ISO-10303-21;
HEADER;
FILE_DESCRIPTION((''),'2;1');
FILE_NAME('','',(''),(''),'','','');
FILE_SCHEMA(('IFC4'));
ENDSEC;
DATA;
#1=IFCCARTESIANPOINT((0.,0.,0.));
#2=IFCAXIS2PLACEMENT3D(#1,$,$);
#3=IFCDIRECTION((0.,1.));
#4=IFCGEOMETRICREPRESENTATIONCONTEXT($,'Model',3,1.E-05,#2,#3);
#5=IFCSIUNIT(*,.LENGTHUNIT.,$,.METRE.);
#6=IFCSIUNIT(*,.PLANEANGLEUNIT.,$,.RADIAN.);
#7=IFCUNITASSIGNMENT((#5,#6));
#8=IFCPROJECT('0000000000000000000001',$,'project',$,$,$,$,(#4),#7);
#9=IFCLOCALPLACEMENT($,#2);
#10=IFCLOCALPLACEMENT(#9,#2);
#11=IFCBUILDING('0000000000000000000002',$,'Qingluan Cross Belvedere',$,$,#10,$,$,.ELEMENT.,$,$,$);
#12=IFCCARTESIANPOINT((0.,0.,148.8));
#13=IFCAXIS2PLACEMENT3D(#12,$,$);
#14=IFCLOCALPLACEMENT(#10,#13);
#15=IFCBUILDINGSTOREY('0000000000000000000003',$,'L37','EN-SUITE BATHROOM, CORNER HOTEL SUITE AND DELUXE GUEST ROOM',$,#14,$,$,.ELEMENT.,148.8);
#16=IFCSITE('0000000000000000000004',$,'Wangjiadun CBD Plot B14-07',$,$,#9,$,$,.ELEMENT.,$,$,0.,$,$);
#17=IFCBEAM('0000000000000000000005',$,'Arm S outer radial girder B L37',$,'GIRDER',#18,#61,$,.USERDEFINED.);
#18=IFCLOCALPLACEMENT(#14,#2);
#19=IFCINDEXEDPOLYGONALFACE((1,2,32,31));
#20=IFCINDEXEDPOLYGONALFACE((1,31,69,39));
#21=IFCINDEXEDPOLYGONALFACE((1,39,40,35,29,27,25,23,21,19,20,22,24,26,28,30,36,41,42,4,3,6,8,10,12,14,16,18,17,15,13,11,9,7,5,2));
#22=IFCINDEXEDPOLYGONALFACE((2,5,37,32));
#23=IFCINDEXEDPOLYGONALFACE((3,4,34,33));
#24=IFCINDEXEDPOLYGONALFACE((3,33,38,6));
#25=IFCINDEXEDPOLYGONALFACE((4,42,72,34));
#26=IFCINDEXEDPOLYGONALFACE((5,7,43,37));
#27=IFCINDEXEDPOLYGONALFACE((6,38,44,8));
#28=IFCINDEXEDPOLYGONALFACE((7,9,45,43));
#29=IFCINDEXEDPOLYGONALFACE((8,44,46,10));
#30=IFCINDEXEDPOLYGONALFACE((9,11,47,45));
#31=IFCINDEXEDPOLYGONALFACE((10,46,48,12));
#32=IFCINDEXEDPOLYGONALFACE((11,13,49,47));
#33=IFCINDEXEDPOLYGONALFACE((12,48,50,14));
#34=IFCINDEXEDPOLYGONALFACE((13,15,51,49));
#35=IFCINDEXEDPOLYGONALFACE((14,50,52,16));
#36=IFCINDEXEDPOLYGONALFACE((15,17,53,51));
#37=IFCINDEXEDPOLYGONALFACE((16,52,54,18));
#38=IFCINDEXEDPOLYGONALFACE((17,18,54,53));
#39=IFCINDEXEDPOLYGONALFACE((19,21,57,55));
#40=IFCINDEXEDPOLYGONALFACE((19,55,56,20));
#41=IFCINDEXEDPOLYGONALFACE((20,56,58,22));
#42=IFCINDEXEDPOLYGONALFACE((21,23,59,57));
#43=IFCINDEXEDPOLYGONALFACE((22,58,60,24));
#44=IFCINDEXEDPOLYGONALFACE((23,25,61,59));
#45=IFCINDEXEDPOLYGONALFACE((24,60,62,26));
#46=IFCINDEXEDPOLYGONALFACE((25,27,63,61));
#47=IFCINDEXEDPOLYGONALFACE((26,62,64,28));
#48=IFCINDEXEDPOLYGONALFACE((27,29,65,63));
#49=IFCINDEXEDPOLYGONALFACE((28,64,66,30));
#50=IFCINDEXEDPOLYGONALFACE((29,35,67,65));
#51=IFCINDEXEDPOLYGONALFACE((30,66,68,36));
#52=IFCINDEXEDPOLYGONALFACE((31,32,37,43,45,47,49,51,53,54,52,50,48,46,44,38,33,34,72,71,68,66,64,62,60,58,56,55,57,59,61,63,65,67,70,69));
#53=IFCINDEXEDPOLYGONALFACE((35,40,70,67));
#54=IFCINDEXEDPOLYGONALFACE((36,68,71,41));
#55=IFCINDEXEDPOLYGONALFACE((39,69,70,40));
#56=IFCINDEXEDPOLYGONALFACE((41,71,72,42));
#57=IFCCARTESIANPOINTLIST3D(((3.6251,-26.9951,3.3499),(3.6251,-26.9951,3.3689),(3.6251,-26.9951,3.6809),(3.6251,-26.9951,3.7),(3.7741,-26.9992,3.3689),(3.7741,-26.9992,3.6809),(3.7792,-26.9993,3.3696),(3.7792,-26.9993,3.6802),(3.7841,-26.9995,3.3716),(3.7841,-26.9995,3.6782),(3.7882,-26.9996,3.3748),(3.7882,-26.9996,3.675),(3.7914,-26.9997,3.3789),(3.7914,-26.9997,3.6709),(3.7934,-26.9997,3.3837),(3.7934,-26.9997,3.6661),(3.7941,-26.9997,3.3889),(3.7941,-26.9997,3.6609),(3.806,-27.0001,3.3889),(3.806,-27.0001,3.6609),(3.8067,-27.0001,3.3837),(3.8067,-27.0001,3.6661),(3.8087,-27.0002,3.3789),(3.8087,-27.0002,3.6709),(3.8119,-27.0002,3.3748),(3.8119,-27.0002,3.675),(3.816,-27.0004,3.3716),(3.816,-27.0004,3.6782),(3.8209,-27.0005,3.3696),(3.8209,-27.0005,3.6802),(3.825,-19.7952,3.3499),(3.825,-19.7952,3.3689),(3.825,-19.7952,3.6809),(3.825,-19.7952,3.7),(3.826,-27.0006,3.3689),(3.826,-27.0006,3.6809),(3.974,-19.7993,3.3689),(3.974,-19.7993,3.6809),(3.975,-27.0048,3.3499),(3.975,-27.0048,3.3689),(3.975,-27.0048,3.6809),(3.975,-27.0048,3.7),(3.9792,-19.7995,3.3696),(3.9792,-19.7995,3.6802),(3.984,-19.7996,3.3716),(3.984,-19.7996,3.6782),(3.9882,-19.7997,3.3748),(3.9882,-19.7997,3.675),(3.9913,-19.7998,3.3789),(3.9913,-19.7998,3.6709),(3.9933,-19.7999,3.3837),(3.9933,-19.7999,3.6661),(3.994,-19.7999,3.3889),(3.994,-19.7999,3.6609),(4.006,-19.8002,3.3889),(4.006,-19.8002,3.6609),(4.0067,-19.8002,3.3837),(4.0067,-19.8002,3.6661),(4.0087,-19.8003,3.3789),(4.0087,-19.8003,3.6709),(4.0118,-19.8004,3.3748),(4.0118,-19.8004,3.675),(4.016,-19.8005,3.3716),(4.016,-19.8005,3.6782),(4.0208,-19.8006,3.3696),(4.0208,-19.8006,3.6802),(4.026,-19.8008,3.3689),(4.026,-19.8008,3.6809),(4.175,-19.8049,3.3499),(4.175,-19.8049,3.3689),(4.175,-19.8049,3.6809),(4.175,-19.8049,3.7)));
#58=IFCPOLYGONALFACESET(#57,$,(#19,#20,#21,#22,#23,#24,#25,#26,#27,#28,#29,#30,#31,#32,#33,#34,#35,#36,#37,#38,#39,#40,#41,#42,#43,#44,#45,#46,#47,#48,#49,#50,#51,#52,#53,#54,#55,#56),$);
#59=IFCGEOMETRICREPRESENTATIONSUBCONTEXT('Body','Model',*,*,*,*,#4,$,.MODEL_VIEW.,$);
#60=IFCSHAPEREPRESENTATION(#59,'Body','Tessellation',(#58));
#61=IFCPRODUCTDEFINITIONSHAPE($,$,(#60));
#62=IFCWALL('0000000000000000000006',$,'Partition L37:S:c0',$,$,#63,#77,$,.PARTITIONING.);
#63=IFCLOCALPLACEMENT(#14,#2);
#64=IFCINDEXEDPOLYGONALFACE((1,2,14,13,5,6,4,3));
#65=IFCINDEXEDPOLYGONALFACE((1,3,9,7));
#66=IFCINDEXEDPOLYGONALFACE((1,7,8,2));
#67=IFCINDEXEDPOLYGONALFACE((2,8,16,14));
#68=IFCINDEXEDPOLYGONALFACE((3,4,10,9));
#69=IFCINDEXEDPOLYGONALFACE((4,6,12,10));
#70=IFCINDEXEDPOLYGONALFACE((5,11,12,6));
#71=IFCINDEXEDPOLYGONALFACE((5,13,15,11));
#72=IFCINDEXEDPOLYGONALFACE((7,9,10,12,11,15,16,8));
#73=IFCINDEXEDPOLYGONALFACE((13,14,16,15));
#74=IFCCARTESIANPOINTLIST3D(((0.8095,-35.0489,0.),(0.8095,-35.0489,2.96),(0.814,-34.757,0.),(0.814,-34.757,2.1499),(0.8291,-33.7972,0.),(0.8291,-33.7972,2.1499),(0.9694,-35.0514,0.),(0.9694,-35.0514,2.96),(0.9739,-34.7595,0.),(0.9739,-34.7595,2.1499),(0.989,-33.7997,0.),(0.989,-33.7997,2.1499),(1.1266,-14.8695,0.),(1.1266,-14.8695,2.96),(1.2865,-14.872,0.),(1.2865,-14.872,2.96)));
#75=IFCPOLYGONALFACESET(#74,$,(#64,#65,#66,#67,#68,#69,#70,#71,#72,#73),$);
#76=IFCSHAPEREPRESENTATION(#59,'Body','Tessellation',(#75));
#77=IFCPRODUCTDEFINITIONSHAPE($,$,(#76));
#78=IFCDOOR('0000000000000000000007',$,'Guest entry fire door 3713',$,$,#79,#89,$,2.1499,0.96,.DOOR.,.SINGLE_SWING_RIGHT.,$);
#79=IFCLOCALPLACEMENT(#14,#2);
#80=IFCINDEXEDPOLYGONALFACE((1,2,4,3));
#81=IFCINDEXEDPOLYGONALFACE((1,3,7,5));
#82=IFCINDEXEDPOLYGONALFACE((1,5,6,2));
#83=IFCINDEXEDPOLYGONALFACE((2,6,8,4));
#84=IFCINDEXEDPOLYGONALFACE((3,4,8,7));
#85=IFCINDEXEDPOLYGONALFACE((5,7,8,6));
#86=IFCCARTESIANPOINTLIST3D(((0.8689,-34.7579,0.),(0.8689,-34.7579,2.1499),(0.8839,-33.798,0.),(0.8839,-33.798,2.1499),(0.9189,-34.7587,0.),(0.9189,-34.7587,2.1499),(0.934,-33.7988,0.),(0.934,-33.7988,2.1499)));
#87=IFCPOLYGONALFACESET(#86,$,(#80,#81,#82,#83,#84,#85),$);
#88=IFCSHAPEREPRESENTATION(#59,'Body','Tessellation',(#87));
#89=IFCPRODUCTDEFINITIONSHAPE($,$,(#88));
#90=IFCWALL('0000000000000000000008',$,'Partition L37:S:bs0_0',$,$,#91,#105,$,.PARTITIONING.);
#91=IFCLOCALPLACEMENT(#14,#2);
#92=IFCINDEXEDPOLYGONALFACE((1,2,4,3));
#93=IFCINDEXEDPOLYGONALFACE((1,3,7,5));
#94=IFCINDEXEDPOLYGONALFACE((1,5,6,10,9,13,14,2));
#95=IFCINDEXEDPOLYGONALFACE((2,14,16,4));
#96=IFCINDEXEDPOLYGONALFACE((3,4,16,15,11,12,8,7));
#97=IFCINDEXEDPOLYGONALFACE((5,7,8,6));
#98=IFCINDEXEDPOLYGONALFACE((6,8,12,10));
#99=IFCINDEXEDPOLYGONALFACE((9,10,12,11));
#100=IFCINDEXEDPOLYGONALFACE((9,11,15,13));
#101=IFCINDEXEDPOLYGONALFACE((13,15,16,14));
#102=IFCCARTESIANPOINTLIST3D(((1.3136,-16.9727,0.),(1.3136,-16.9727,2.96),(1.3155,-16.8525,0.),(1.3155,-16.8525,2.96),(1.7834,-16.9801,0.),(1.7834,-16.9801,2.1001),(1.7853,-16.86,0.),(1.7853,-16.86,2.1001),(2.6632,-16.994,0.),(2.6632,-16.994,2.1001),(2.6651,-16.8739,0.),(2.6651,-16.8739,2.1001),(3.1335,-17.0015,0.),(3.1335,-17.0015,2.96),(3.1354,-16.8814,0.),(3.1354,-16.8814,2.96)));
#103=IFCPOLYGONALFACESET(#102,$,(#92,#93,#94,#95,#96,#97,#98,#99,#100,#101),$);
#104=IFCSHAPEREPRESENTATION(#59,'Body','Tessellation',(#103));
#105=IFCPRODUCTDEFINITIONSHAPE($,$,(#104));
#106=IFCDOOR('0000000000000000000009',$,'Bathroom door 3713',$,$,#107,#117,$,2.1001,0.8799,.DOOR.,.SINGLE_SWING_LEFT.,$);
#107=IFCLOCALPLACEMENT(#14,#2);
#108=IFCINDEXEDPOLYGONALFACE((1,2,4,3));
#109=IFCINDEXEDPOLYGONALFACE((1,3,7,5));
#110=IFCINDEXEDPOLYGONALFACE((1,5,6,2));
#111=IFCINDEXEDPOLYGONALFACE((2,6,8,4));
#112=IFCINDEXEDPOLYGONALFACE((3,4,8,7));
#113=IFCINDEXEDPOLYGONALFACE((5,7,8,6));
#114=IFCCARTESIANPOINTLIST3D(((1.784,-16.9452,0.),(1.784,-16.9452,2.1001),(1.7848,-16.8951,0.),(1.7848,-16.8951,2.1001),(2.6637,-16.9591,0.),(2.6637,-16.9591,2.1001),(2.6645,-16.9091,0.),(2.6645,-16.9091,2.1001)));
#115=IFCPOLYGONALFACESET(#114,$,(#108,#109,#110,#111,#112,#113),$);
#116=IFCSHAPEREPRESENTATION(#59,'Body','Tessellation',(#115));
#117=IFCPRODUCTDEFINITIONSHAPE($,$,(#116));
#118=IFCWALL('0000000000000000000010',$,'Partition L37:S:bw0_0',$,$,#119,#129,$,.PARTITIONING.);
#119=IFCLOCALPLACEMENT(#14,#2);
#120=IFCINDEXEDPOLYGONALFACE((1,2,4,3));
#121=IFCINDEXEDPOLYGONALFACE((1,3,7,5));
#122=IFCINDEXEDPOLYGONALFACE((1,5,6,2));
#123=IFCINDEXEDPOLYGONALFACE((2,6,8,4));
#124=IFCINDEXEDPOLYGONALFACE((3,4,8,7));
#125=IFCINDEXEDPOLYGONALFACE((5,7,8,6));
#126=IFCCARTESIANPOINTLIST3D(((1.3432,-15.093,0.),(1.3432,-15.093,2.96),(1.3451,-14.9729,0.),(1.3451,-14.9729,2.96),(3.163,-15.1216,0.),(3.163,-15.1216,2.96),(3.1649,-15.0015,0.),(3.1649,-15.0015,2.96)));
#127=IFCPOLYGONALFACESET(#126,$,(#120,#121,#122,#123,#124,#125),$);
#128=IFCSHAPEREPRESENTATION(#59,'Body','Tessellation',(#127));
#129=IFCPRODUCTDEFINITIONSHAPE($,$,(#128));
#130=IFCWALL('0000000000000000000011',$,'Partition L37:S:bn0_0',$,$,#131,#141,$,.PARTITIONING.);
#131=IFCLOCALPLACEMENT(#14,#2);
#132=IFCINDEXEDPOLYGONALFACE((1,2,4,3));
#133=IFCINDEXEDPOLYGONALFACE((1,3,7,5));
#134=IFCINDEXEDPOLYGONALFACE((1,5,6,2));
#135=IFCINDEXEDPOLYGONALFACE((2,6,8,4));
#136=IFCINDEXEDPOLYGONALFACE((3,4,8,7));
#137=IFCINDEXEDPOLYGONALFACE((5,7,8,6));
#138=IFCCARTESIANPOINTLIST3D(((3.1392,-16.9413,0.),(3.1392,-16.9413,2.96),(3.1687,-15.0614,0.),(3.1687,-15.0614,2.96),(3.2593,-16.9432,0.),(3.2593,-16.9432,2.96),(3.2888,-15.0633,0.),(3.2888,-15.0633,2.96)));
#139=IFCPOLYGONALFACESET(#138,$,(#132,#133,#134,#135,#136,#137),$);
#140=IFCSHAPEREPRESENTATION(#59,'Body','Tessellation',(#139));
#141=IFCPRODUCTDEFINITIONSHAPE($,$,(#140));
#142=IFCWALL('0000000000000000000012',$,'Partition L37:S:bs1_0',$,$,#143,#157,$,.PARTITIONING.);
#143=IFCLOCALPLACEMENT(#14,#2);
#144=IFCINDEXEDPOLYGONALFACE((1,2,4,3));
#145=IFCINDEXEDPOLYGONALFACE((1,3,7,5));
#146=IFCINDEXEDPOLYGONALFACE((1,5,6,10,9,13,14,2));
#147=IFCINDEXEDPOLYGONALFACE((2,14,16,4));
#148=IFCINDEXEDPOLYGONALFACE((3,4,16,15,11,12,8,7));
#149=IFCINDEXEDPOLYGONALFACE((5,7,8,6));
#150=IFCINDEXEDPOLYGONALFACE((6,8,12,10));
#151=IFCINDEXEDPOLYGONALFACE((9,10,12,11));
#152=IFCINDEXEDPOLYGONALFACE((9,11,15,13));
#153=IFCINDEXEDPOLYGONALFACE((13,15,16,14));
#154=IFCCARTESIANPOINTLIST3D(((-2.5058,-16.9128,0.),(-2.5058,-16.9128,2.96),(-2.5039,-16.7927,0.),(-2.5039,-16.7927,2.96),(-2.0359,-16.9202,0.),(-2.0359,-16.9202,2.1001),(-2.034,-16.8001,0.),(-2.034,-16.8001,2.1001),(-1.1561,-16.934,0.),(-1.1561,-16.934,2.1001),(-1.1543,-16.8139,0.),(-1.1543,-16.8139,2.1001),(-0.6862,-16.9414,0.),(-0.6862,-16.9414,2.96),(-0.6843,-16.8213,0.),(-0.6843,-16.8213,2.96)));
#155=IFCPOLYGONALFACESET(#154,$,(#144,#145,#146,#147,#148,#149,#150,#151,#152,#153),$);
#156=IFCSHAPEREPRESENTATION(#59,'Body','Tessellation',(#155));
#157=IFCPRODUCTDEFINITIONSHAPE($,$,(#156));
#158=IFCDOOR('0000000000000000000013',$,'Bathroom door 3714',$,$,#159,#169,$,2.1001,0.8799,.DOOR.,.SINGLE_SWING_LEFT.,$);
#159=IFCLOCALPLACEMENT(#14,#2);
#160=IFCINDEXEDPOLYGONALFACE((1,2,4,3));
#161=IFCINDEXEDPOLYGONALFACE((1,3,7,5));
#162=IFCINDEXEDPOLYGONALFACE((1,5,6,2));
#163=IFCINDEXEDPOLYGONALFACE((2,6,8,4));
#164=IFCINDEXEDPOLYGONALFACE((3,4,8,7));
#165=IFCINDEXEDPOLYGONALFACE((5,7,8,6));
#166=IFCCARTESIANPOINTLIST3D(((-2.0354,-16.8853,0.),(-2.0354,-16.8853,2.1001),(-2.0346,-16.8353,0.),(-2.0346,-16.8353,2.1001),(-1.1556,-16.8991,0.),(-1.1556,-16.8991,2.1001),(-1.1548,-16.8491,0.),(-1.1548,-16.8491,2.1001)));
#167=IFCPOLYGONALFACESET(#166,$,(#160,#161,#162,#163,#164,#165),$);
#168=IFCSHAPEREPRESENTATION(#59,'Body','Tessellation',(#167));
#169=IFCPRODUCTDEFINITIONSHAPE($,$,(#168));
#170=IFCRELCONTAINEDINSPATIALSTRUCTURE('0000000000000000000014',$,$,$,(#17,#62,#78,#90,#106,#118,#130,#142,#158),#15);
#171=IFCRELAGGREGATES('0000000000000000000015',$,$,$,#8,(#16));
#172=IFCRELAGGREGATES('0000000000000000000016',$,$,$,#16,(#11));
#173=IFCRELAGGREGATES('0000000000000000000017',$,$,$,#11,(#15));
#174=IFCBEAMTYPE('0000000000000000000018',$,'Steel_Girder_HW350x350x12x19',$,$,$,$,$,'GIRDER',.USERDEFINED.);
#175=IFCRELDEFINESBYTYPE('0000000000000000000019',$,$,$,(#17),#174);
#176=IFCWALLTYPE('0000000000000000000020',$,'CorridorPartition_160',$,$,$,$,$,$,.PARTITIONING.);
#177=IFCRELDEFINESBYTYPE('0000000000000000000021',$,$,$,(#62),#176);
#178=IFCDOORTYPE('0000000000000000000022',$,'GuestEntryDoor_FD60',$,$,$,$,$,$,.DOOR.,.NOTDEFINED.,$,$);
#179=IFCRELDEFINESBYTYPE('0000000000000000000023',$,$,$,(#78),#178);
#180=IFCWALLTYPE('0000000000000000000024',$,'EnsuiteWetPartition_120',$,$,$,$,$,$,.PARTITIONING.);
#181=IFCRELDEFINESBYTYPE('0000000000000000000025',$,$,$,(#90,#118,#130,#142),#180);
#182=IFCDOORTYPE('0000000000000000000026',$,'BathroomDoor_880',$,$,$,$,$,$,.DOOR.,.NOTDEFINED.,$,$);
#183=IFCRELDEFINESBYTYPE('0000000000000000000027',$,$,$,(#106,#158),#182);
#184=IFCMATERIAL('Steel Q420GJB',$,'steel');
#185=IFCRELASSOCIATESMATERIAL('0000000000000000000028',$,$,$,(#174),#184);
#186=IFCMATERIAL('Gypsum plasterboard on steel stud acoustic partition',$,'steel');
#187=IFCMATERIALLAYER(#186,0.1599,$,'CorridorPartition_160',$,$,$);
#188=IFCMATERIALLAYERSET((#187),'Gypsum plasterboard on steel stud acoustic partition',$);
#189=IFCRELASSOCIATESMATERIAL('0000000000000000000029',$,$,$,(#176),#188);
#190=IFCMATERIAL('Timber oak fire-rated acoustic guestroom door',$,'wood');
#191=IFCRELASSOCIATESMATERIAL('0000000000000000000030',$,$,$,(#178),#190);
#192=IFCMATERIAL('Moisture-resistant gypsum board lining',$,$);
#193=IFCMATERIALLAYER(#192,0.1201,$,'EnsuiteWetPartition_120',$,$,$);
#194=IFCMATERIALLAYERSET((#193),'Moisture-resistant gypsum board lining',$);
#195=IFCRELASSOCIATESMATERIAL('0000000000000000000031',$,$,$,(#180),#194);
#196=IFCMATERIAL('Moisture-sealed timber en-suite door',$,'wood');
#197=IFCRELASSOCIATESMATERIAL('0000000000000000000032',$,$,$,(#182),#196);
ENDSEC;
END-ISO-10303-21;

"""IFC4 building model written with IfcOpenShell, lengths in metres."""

from ifc_helpers import new_model, si_unit, direction, frame, frame_2d, origin, origin_2d, place, context, subcontext, project, spatial, rectangle, i_section, extrude, material, layer, layer_set, material_profile, profile_set, type_object, element, fill, save


model = new_model("IFC4")

# Units and contexts
model_context = context("Model", 3, precision=1e-05, world=origin(), true_north=direction((0.0, 1.0)))
body_context = subcontext(model_context, "Body", "Model", "MODEL_VIEW")
ifc_project = project(units=[si_unit("LENGTHUNIT", "METRE"), si_unit("PLANEANGLEUNIT", "RADIAN")], contexts=[model_context])

# Site, building, storey
site_placement = place(None, origin())
site = spatial("IfcSite", under=ifc_project, at=site_placement, Name="Wangjiadun CBD Plot B14-07", CompositionType="ELEMENT", RefElevation=0.0)
building_placement = place(site_placement, origin())
building = spatial("IfcBuilding", under=site, at=building_placement, Name="Qingluan Cross Belvedere", CompositionType="ELEMENT")
storey_placement = place(building_placement, frame((0.0, 0.0, 148.8)))
storey = spatial("IfcBuildingStorey", under=building, at=storey_placement, Name="L37", Description="EN-SUITE BATHROOM, CORNER HOTEL SUITE AND DELUXE GUEST ROOM", CompositionType="ELEMENT", Elevation=148.8)

# Beam
ifc_material_1 = material(Name="Steel Q420GJB", Category="steel")
ifc_material_profile_1 = material_profile(ifc_material_1, i_section(OverallWidth=0.3501, OverallDepth=0.3501, WebThickness=0.012, FlangeThickness=0.019, FilletRadius=0.02, at=origin_2d()), Name="HW350x350x12x19")
ifc_profile_set_1 = profile_set([ifc_material_profile_1], Name="Steel Q420GJB")
beam_type_1 = type_object("IfcBeamType", Name="Steel_Girder_HW350x350x12x19", ElementType="GIRDER", PredefinedType="USERDEFINED", material=ifc_profile_set_1)
beam_1_placement = place(storey_placement, frame((4.0, -19.8, 3.5249), z_axis=(-0.02776, -0.999615, 0.0), x_axis=(0.999615, -0.02776, 0.0)))
element("IfcBeam", 1, at=beam_1_placement, inside=storey, type_object=beam_type_1, Name="Arm S outer radial girder B L37", ObjectType="GIRDER", PredefinedType="USERDEFINED", context=body_context, shape_type="SweptSolid", body=[
    extrude(i_section(OverallWidth=0.3501, OverallDepth=0.3501, WebThickness=0.012, FlangeThickness=0.019, FilletRadius=0.02, at=origin_2d()), origin(), (0.0, 0.0, 1.0), 7.2026),
])

# Walls, openings, doors
ifc_material_2 = material(Name="Gypsum plasterboard on steel stud acoustic partition", Category="steel")
ifc_layer_1 = layer(ifc_material_2, 0.1599, Name="CorridorPartition_160")
ifc_layer_set_1 = layer_set([ifc_layer_1], Name="Gypsum plasterboard on steel stud acoustic partition")
wall_type_1 = type_object("IfcWallType", Name="CorridorPartition_160", PredefinedType="PARTITIONING", material=ifc_layer_set_1)
wall_1_placement = place(storey_placement, frame((1.2065, -14.8708, 0.0), z_axis=(0.0, 0.0, 1.0), x_axis=(-0.015714, -0.999877, 0.0)))
wall_1 = element("IfcWall", 2, at=wall_1_placement, inside=storey, type_object=wall_type_1, Name="Partition L37:S:c0", PredefinedType="PARTITIONING", context=body_context, shape_type="SweptSolid", body=[
    extrude(rectangle(XDim=20.1819, YDim=0.1599, at=frame_2d((10.0908, 0.0))), origin(), (0.0, 0.0, 1.0), 2.96),
])
opening_1_placement = place(wall_1_placement, frame((18.9299, 0.0, 0.0)))
opening_1 = element("IfcOpeningElement", 3, at=opening_1_placement, cuts=wall_1, PredefinedType="OPENING", context=body_context, shape_type="SweptSolid", body=[
    extrude(rectangle(XDim=0.96, YDim=2.1499, at=frame_2d((0.48, 1.075))), frame((0.0, 0.0898, 0.0), z_axis=(0.0, -1.0, 0.0), x_axis=(1.0, 0.0, 0.0)), (0.0, 0.0, 1.0), 0.1799),
])
ifc_material_3 = material(Name="Timber oak fire-rated acoustic guestroom door", Category="wood")
door_type_1 = type_object("IfcDoorType", Name="GuestEntryDoor_FD60", OperationType="NOTDEFINED", PredefinedType="DOOR", material=ifc_material_3)
door_1_placement = place(opening_1_placement, origin())
door_1 = element("IfcDoor", 4, at=door_1_placement, inside=storey, type_object=door_type_1, Name="Guest entry fire door 3713", OperationType="SINGLE_SWING_RIGHT", OverallHeight=2.1499, OverallWidth=0.96, PredefinedType="DOOR", context=body_context, shape_type="SweptSolid", body=[
    extrude(rectangle(XDim=0.96, YDim=2.1499, at=frame_2d((0.48, 1.075))), frame((0.0, 0.0249, 0.0), z_axis=(0.0, -1.0, 0.0), x_axis=(1.0, 0.0, 0.0)), (0.0, 0.0, 1.0), 0.05),
])
fill(opening_1, door_1)
ifc_material_4 = material(Name="Moisture-resistant gypsum board lining")
ifc_layer_2 = layer(ifc_material_4, 0.1201, Name="EnsuiteWetPartition_120")
ifc_layer_set_2 = layer_set([ifc_layer_2], Name="Moisture-resistant gypsum board lining")
wall_type_2 = type_object("IfcWallType", Name="EnsuiteWetPartition_120", PredefinedType="PARTITIONING", material=ifc_layer_set_2)
wall_2_placement = place(storey_placement, frame((1.3145, -16.9126, 0.0), z_axis=(0.0, 0.0, 1.0), x_axis=(0.999875, -0.015828, 0.0)))
wall_2 = element("IfcWall", 5, at=wall_2_placement, inside=storey, type_object=wall_type_2, Name="Partition L37:S:bs0_0", PredefinedType="PARTITIONING", context=body_context, shape_type="SweptSolid", body=[
    extrude(rectangle(XDim=1.8201, YDim=0.1201, at=frame_2d((0.9102, 0.0))), origin(), (0.0, 0.0, 1.0), 2.96),
])
opening_2_placement = place(wall_2_placement, frame((0.47, 0.0, 0.0)))
opening_2 = element("IfcOpeningElement", 6, at=opening_2_placement, cuts=wall_2, PredefinedType="OPENING", context=body_context, shape_type="SweptSolid", body=[
    extrude(rectangle(XDim=0.8799, YDim=2.1001, at=frame_2d((0.4399, 1.05))), frame((0.0, 0.0701, 0.0), z_axis=(0.0, -1.0, 0.0), x_axis=(1.0, 0.0, 0.0)), (0.0, 0.0, 1.0), 0.1401),
])
ifc_material_5 = material(Name="Moisture-sealed timber en-suite door", Category="wood")
door_type_2 = type_object("IfcDoorType", Name="BathroomDoor_880", OperationType="NOTDEFINED", PredefinedType="DOOR", material=ifc_material_5)
door_2_placement = place(opening_2_placement, origin())
door_2 = element("IfcDoor", 7, at=door_2_placement, inside=storey, type_object=door_type_2, Name="Bathroom door 3713", OperationType="SINGLE_SWING_LEFT", OverallHeight=2.1001, OverallWidth=0.8799, PredefinedType="DOOR", context=body_context, shape_type="SweptSolid", body=[
    extrude(rectangle(XDim=0.8799, YDim=2.1001, at=frame_2d((0.4399, 1.05))), frame((0.0, 0.0249, 0.0), z_axis=(0.0, -1.0, 0.0), x_axis=(1.0, 0.0, 0.0)), (0.0, 0.0, 1.0), 0.05),
])
fill(opening_2, door_2)

# Walls
wall_3_placement = place(storey_placement, frame((1.344, -15.033, 0.0), z_axis=(0.0, 0.0, 1.0), x_axis=(0.999877, -0.015694, 0.0)))
element("IfcWall", 8, at=wall_3_placement, inside=storey, type_object=wall_type_2, Name="Partition L37:S:bw0_0", PredefinedType="PARTITIONING", context=body_context, shape_type="SweptSolid", body=[
    extrude(rectangle(XDim=1.8201, YDim=0.1201, at=frame_2d((0.9102, 0.0))), origin(), (0.0, 0.0, 1.0), 2.96),
])
wall_4_placement = place(storey_placement, frame((3.2288, -15.0625, 0.0), z_axis=(0.0, 0.0, 1.0), x_axis=(-0.015712, -0.999877, 0.0)))
element("IfcWall", 9, at=wall_4_placement, inside=storey, type_object=wall_type_2, Name="Partition L37:S:bn0_0", PredefinedType="PARTITIONING", context=body_context, shape_type="SweptSolid", body=[
    extrude(rectangle(XDim=1.8801, YDim=0.1201, at=frame_2d((0.9399, 0.0))), origin(), (0.0, 0.0, 1.0), 2.96),
])

# Wall, opening, door
wall_5_placement = place(storey_placement, frame((-2.5049, -16.8528, 0.0), z_axis=(0.0, 0.0, 1.0), x_axis=(0.999877, -0.015696, 0.0)))
wall_5 = element("IfcWall", 10, at=wall_5_placement, inside=storey, type_object=wall_type_2, Name="Partition L37:S:bs1_0", PredefinedType="PARTITIONING", context=body_context, shape_type="SweptSolid", body=[
    extrude(rectangle(XDim=1.8198, YDim=0.1201, at=frame_2d((0.9099, 0.0))), origin(), (0.0, 0.0, 1.0), 2.96),
])
opening_3_placement = place(wall_5_placement, frame((0.47, 0.0, 0.0)))
opening_3 = element("IfcOpeningElement", 11, at=opening_3_placement, cuts=wall_5, PredefinedType="OPENING", context=body_context, shape_type="SweptSolid", body=[
    extrude(rectangle(XDim=0.8799, YDim=2.1001, at=frame_2d((0.4399, 1.05))), frame((0.0, 0.0701, 0.0), z_axis=(0.0, -1.0, 0.0), x_axis=(1.0, 0.0, 0.0)), (0.0, 0.0, 1.0), 0.1401),
])
door_3_placement = place(opening_3_placement, origin())
door_3 = element("IfcDoor", 12, at=door_3_placement, inside=storey, type_object=door_type_2, Name="Bathroom door 3714", OperationType="SINGLE_SWING_LEFT", OverallHeight=2.1001, OverallWidth=0.8799, PredefinedType="DOOR", context=body_context, shape_type="SweptSolid", body=[
    extrude(rectangle(XDim=0.8799, YDim=2.1001, at=frame_2d((0.4399, 1.05))), frame((0.0, 0.0249, 0.0), z_axis=(0.0, -1.0, 0.0), x_axis=(1.0, 0.0, 0.0)), (0.0, 0.0, 1.0), 0.05),
])
fill(opening_3, door_3)

save(model, "model.ifc")
